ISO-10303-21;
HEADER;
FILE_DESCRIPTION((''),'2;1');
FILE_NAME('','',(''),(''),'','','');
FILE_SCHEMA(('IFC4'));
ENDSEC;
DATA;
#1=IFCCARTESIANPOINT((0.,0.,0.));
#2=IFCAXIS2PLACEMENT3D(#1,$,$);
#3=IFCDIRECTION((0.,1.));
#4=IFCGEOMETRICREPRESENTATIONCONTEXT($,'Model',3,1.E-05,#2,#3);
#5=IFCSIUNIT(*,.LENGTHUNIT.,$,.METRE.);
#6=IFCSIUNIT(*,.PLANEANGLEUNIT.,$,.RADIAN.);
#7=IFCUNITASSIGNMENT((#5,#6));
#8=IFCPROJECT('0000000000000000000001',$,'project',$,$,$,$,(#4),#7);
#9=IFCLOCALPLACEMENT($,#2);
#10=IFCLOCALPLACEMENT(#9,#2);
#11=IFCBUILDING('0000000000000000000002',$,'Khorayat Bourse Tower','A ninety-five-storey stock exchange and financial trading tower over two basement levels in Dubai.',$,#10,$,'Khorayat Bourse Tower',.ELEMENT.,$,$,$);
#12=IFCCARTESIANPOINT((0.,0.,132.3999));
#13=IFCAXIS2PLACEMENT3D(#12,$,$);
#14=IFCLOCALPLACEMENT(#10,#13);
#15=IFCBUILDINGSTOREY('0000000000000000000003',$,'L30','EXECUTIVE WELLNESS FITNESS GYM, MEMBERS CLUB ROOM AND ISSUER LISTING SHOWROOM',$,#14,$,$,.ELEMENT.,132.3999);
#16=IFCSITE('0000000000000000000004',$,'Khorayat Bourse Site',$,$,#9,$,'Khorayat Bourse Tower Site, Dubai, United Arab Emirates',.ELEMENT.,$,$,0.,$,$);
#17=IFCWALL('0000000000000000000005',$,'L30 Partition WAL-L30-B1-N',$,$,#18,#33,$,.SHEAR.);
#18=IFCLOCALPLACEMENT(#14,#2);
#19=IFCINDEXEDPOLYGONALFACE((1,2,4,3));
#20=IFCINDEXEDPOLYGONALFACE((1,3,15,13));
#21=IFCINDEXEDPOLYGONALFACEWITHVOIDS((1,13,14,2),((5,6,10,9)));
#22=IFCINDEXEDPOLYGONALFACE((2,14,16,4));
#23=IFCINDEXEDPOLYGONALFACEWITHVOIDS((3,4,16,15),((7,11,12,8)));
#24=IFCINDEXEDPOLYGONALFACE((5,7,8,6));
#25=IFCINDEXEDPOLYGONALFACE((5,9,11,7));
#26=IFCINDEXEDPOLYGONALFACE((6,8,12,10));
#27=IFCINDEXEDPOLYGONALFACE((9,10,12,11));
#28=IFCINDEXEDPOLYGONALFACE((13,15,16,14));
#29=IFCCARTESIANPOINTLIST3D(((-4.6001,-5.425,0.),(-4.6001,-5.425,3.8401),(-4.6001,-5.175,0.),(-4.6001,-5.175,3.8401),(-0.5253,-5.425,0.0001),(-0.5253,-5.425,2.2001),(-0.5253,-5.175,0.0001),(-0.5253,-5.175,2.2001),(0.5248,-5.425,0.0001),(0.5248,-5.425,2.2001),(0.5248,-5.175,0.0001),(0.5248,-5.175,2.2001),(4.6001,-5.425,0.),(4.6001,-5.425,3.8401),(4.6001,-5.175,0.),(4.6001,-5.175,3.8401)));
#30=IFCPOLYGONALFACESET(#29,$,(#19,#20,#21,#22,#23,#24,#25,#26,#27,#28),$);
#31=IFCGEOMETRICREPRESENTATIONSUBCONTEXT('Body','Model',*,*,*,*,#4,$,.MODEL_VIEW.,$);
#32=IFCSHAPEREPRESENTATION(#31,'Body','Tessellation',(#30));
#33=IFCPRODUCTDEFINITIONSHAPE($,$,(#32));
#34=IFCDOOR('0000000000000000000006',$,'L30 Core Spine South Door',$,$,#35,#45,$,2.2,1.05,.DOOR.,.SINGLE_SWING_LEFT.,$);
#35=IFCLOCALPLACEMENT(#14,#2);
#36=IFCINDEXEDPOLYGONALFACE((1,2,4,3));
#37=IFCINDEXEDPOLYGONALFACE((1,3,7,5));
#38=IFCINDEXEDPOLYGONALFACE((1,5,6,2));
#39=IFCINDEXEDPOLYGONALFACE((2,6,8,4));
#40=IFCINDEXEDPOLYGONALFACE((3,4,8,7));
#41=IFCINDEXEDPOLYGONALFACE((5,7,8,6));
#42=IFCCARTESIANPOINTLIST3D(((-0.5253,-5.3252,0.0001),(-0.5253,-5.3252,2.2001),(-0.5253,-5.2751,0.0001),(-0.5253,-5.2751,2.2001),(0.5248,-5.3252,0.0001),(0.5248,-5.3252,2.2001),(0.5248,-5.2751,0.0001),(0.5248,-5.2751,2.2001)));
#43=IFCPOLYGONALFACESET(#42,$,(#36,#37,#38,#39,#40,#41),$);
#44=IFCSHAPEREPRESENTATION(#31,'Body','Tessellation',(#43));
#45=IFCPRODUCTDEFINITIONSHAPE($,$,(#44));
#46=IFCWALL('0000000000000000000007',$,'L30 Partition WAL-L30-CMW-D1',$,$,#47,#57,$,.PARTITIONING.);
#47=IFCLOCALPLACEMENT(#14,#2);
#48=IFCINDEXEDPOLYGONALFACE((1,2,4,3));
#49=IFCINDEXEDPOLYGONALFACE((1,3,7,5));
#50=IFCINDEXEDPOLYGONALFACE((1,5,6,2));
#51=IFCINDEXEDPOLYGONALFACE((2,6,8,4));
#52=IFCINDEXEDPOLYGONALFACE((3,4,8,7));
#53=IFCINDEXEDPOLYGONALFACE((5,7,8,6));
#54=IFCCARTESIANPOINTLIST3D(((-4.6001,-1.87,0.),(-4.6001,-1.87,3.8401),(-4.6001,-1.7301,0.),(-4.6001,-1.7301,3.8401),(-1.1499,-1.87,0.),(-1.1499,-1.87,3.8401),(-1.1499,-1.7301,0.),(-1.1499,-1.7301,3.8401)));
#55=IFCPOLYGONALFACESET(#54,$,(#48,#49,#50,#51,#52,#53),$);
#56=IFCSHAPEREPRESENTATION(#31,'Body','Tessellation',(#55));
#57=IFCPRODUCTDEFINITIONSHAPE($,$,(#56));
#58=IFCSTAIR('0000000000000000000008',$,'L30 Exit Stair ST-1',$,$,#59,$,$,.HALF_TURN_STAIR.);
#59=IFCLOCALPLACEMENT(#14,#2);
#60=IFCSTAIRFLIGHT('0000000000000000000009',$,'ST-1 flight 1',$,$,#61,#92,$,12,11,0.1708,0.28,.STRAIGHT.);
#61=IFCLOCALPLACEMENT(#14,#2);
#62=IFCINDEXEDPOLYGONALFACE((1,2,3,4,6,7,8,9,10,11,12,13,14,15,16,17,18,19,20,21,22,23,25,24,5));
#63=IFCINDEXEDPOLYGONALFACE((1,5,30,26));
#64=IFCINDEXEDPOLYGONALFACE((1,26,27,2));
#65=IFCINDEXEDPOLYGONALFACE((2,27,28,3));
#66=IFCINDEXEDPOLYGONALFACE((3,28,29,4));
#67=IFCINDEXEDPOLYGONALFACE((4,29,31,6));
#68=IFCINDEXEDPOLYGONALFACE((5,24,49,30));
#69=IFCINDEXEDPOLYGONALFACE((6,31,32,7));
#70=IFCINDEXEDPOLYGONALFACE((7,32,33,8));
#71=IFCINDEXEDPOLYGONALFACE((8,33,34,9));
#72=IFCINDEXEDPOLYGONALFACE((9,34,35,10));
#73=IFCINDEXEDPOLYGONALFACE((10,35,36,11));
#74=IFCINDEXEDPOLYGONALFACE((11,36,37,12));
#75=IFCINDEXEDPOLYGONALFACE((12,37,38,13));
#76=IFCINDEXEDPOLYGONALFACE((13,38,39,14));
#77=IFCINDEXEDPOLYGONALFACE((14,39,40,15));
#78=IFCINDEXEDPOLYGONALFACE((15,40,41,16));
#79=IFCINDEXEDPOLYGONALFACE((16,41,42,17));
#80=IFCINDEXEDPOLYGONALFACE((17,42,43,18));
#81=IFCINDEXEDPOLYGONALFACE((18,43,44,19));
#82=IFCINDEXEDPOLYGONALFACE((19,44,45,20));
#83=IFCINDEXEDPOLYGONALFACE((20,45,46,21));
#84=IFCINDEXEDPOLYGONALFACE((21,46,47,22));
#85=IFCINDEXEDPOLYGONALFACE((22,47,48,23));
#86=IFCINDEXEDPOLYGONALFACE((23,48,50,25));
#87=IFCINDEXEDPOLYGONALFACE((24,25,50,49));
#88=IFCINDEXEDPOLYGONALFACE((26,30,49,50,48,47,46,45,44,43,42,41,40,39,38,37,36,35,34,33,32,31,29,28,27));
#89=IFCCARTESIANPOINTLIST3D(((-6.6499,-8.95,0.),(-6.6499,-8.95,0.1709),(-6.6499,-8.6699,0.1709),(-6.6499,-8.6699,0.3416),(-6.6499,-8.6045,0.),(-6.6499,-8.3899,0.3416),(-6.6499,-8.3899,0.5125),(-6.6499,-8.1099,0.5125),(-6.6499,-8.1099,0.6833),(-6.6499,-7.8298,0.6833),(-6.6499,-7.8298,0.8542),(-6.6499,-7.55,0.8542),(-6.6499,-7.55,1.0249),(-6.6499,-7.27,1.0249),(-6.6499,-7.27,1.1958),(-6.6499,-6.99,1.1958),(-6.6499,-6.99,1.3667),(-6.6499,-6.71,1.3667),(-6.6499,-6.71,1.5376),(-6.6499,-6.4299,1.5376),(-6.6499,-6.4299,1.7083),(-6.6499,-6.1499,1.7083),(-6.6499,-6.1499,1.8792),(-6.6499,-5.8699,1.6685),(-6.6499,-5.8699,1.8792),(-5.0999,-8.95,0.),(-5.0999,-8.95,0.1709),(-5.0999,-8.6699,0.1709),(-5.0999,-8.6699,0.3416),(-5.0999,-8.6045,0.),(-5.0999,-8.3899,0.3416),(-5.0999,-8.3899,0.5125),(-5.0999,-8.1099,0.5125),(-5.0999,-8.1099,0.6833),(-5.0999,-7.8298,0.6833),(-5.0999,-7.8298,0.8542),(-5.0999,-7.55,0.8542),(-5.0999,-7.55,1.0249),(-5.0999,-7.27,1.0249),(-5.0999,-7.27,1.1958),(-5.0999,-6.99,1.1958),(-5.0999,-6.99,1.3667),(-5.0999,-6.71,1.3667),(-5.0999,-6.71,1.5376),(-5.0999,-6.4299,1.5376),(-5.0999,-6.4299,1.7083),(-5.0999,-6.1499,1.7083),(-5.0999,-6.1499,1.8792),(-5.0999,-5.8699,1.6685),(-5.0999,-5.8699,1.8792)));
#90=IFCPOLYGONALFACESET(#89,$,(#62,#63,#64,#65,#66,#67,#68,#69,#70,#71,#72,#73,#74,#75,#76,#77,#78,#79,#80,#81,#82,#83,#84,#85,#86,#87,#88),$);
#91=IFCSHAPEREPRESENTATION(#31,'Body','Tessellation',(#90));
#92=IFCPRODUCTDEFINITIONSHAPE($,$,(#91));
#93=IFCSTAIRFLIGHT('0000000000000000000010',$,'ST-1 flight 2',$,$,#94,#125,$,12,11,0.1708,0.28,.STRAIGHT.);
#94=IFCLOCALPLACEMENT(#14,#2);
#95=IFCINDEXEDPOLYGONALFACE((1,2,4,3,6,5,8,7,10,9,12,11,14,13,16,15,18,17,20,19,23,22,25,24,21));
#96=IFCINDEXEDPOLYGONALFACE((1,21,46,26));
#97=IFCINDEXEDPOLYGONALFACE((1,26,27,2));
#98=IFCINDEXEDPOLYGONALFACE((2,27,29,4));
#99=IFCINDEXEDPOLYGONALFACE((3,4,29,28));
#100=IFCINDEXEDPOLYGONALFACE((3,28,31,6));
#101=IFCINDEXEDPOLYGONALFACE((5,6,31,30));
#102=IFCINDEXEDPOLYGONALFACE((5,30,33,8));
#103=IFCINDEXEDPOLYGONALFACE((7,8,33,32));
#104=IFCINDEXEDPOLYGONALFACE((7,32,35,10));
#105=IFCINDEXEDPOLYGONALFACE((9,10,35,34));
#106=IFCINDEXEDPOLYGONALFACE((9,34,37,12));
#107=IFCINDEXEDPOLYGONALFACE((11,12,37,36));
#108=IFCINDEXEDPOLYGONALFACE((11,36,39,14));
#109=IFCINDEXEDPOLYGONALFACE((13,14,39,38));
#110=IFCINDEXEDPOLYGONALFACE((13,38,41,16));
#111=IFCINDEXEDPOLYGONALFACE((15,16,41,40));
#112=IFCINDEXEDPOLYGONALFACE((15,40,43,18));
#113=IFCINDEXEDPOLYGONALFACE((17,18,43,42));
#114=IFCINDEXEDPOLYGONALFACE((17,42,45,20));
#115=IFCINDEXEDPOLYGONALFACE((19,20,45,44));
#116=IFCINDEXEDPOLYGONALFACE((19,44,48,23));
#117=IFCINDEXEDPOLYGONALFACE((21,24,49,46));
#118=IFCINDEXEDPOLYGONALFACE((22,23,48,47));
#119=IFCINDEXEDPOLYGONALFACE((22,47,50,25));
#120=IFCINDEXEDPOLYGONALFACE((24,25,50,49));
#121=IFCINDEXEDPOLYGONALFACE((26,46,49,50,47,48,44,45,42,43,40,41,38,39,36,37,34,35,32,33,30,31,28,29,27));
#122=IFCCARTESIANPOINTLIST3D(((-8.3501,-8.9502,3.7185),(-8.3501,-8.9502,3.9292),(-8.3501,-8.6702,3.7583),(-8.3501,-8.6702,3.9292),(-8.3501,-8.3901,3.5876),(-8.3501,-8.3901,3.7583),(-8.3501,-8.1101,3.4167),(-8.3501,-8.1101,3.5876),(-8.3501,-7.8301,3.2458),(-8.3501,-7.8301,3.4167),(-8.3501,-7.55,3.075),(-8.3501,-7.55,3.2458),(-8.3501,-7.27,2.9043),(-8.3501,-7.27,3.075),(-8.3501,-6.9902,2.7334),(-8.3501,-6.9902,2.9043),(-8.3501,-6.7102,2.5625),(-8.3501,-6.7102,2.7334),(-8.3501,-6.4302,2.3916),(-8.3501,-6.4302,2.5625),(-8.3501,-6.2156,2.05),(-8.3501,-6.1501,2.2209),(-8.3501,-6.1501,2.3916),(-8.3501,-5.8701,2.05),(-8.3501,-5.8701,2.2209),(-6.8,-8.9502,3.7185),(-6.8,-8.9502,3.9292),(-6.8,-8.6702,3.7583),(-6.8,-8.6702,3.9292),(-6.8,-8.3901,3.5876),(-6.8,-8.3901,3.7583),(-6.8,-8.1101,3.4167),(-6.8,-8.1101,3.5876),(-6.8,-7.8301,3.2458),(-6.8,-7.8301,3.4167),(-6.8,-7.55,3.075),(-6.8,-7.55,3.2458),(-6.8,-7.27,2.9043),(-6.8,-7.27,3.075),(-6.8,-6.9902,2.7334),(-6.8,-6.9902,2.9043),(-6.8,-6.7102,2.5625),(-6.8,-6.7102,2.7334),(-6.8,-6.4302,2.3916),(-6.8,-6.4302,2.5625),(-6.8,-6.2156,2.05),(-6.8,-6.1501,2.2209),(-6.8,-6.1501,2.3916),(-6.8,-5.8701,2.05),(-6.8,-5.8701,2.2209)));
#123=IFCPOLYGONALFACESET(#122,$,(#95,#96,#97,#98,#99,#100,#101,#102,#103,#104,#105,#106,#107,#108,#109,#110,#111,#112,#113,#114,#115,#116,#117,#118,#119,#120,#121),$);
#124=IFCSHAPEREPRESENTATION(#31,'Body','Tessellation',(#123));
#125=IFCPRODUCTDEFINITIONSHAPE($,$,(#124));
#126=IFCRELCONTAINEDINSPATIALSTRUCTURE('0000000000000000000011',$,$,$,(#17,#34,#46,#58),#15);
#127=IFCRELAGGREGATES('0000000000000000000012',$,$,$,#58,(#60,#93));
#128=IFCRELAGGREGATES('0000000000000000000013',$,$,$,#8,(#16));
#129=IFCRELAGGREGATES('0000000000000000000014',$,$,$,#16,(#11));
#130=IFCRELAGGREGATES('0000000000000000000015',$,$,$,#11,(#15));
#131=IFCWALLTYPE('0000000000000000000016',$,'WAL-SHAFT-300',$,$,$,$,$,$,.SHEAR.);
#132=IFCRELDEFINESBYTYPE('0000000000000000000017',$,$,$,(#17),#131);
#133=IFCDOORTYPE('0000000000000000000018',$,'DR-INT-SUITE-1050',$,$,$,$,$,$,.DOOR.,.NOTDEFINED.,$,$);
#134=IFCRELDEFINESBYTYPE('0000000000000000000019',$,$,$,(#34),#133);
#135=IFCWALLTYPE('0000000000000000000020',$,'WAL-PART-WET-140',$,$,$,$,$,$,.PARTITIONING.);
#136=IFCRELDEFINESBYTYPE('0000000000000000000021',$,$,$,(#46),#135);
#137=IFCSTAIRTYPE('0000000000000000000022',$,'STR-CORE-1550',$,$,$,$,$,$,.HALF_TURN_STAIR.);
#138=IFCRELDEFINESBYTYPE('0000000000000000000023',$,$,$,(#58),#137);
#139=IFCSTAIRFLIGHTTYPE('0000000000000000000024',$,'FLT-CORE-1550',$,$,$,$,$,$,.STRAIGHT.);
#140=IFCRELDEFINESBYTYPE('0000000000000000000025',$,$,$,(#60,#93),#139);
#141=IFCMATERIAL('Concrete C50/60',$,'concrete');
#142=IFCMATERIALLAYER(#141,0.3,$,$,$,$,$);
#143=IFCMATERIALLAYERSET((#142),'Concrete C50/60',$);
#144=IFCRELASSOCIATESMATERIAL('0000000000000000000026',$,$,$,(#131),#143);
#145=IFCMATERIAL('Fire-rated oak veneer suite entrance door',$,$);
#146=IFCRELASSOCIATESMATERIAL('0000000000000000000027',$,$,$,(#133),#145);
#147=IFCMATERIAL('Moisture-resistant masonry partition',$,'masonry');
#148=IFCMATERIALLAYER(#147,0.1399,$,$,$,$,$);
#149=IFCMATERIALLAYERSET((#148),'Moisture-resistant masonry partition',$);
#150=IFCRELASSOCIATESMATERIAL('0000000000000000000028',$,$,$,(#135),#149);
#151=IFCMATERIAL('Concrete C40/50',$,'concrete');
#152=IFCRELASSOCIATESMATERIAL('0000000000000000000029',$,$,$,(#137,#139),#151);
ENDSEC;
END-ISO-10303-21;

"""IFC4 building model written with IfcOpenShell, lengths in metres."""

from ifc_helpers import new_model, si_unit, direction, frame, frame_2d, origin, place, context, subcontext, project, spatial, polyline, rectangle, outline, extrude, source, transform, mapped, material, layer, layer_set, type_object, element, fill, aggregate, save


model = new_model("IFC4")

# Units and contexts
model_context = context("Model", 3, precision=1e-05, world=origin(), true_north=direction((0.0, 1.0)))
body_context = subcontext(model_context, "Body", "Model", "MODEL_VIEW")
ifc_project = project(units=[si_unit("LENGTHUNIT", "METRE"), si_unit("PLANEANGLEUNIT", "RADIAN")], contexts=[model_context])

# Site, building, storey
site_placement = place(None, origin())
site = spatial("IfcSite", under=ifc_project, at=site_placement, Name="Khorayat Bourse Site", LongName="Khorayat Bourse Tower Site, Dubai, United Arab Emirates", CompositionType="ELEMENT", RefElevation=0.0)
building_placement = place(site_placement, origin())
building = spatial("IfcBuilding", under=site, at=building_placement, Name="Khorayat Bourse Tower", Description="A ninety-five-storey stock exchange and financial trading tower over two basement levels in Dubai.", LongName="Khorayat Bourse Tower", CompositionType="ELEMENT")
storey_placement = place(building_placement, frame((0.0, 0.0, 132.3999)))
storey = spatial("IfcBuildingStorey", under=building, at=storey_placement, Name="L30", Description="EXECUTIVE WELLNESS FITNESS GYM, MEMBERS CLUB ROOM AND ISSUER LISTING SHOWROOM", CompositionType="ELEMENT", Elevation=132.3999)

# Shared definitions
ifc_material_1 = material(Name="Concrete C50/60", Category="concrete")
ifc_layer_1 = layer(ifc_material_1, 0.3)
ifc_layer_set_1 = layer_set([ifc_layer_1], Name="Concrete C50/60")
wall_type_1 = type_object("IfcWallType", Name="WAL-SHAFT-300", PredefinedType="SHEAR", material=ifc_layer_set_1)

# Wall, opening, door
shared_shape_1 = source(origin(), body_context, "Body", "SweptSolid", [
    extrude(rectangle(XDim=9.2002, YDim=0.25, at=frame_2d((4.6001, 0.0))), origin(), (0.0, 0.0, 1.0), 3.8401),
])
wall_1_placement = place(storey_placement, frame((-4.6001, -5.3, 0.0), z_axis=(0.0, 0.0, 1.0), x_axis=(1.0, 0.0, 0.0)))
wall_1 = element("IfcWall", 1, at=wall_1_placement, inside=storey, type_object=wall_type_1, Name="L30 Partition WAL-L30-B1-N", PredefinedType="SHEAR", context=body_context, shape_type="MappedRepresentation", body=[
    mapped(shared_shape_1, transform((0.0, 0.0, 0.0), scale=1.0)),
])
shared_shape_2 = source(origin(), body_context, "Body", "SweptSolid", [
    extrude(rectangle(XDim=1.05, YDim=2.2, at=frame_2d((0.5249, 1.1001))), frame((0.0, 0.135, 0.0), z_axis=(0.0, -1.0, 0.0), x_axis=(1.0, 0.0, 0.0)), (0.0, 0.0, 1.0), 0.27),
])
opening_1_placement = place(wall_1_placement, frame((4.075, 0.0, 0.0)))
opening_1 = element("IfcOpeningElement", 2, at=opening_1_placement, cuts=wall_1, PredefinedType="OPENING", context=body_context, shape_type="MappedRepresentation", body=[
    mapped(shared_shape_2, transform((0.0, 0.0, 0.0), scale=1.0)),
])
ifc_material_2 = material(Name="Fire-rated oak veneer suite entrance door")
door_type_1 = type_object("IfcDoorType", Name="DR-INT-SUITE-1050", OperationType="NOTDEFINED", PredefinedType="DOOR", material=ifc_material_2)
shared_shape_3 = source(origin(), body_context, "Body", "SweptSolid", [
    extrude(rectangle(XDim=1.05, YDim=2.2, at=frame_2d((0.5249, 1.1001))), frame((0.0, 0.0249, 0.0), z_axis=(0.0, -1.0, 0.0), x_axis=(1.0, 0.0, 0.0)), (0.0, 0.0, 1.0), 0.05),
])
door_1_placement = place(opening_1_placement, origin())
door_1 = element("IfcDoor", 3, at=door_1_placement, inside=storey, type_object=door_type_1, Name="L30 Core Spine South Door", OperationType="SINGLE_SWING_LEFT", OverallHeight=2.2, OverallWidth=1.05, PredefinedType="DOOR", context=body_context, shape_type="MappedRepresentation", body=[
    mapped(shared_shape_3, transform((0.0, 0.0, 0.0), scale=1.0)),
])
fill(opening_1, door_1)

# Wall
ifc_material_3 = material(Name="Moisture-resistant masonry partition", Category="masonry")
ifc_layer_2 = layer(ifc_material_3, 0.1399)
ifc_layer_set_2 = layer_set([ifc_layer_2], Name="Moisture-resistant masonry partition")
wall_type_2 = type_object("IfcWallType", Name="WAL-PART-WET-140", PredefinedType="PARTITIONING", material=ifc_layer_set_2)
shared_shape_4 = source(origin(), body_context, "Body", "SweptSolid", [
    extrude(rectangle(XDim=3.4502, YDim=0.1399, at=frame_2d((1.7251, 0.0))), origin(), (0.0, 0.0, 1.0), 3.8401),
])
wall_2_placement = place(storey_placement, frame((-4.6001, -1.8, 0.0), z_axis=(0.0, 0.0, 1.0), x_axis=(1.0, 0.0, 0.0)))
element("IfcWall", 4, at=wall_2_placement, inside=storey, type_object=wall_type_2, Name="L30 Partition WAL-L30-CMW-D1", PredefinedType="PARTITIONING", context=body_context, shape_type="MappedRepresentation", body=[
    mapped(shared_shape_4, transform((0.0, 0.0, 0.0), scale=1.0)),
])

# Stair, stair flights
ifc_material_4 = material(Name="Concrete C40/50", Category="concrete")
stair_type = type_object("IfcStairType", Name="STR-CORE-1550", PredefinedType="HALF_TURN_STAIR", material=ifc_material_4)
stair_placement = place(storey_placement, origin())
stair = element("IfcStair", 5, at=stair_placement, inside=storey, type_object=stair_type, Name="L30 Exit Stair ST-1", PredefinedType="HALF_TURN_STAIR")
stair_flight_type = type_object("IfcStairFlightType", Name="FLT-CORE-1550", PredefinedType="STRAIGHT", material=ifc_material_4)
shared_shape_5 = source(origin(), body_context, "Body", "SweptSolid", [
    extrude(outline(polyline([(0.0, 0.0), (0.0, 0.1709), (0.28, 0.1709), (0.28, 0.3416), (0.5601, 0.3416), (0.5601, 0.5125), (0.8401, 0.5125), (0.8401, 0.6833), (1.1201, 0.6833), (1.1201, 0.8542), (1.3999, 0.8542), (1.3999, 1.0249), (1.6799, 1.0249), (1.6799, 1.1958), (1.96, 1.1958), (1.96, 1.3667), (2.24, 1.3667), (2.24, 1.5376), (2.52, 1.5376), (2.52, 1.7083), (2.8, 1.7083), (2.8, 1.8792), (3.0801, 1.8792), (3.0801, 2.05), (3.0801, 1.6685), (0.3455, 0.0), (0.0, 0.0)])), frame((0.0, 0.7749, 0.0), z_axis=(0.0, -1.0, 0.0), x_axis=(1.0, 0.0, 0.0)), (0.0, 0.0, 1.0), 1.55),
])
stair_flight_1_placement = place(storey_placement, frame((-5.875, -8.95, 0.0), z_axis=(0.0, 0.0, 1.0), x_axis=(0.0, 1.0, 0.0)))
stair_flight_1 = element("IfcStairFlight", 6, at=stair_flight_1_placement, type_object=stair_flight_type, Name="ST-1 flight 1", NumberOfRisers=12, NumberOfTreads=11, PredefinedType="STRAIGHT", RiserHeight=0.1708, TreadLength=0.28, context=body_context, shape_type="MappedRepresentation", body=[
    mapped(shared_shape_5, transform((0.0, 0.0, 0.0), scale=1.0)),
])
stair_flight_2_placement = place(storey_placement, frame((-7.575, -5.8701, 2.05), z_axis=(0.0, 0.0, 1.0), x_axis=(0.0, -1.0, 0.0)))
stair_flight_2 = element("IfcStairFlight", 7, at=stair_flight_2_placement, type_object=stair_flight_type, Name="ST-1 flight 2", NumberOfRisers=12, NumberOfTreads=11, PredefinedType="STRAIGHT", RiserHeight=0.1708, TreadLength=0.28, context=body_context, shape_type="MappedRepresentation", body=[
    mapped(shared_shape_5, transform((0.0, 0.0, 0.0), scale=1.0)),
])
aggregate(stair, [stair_flight_1, stair_flight_2])

save(model, "model.ifc")
